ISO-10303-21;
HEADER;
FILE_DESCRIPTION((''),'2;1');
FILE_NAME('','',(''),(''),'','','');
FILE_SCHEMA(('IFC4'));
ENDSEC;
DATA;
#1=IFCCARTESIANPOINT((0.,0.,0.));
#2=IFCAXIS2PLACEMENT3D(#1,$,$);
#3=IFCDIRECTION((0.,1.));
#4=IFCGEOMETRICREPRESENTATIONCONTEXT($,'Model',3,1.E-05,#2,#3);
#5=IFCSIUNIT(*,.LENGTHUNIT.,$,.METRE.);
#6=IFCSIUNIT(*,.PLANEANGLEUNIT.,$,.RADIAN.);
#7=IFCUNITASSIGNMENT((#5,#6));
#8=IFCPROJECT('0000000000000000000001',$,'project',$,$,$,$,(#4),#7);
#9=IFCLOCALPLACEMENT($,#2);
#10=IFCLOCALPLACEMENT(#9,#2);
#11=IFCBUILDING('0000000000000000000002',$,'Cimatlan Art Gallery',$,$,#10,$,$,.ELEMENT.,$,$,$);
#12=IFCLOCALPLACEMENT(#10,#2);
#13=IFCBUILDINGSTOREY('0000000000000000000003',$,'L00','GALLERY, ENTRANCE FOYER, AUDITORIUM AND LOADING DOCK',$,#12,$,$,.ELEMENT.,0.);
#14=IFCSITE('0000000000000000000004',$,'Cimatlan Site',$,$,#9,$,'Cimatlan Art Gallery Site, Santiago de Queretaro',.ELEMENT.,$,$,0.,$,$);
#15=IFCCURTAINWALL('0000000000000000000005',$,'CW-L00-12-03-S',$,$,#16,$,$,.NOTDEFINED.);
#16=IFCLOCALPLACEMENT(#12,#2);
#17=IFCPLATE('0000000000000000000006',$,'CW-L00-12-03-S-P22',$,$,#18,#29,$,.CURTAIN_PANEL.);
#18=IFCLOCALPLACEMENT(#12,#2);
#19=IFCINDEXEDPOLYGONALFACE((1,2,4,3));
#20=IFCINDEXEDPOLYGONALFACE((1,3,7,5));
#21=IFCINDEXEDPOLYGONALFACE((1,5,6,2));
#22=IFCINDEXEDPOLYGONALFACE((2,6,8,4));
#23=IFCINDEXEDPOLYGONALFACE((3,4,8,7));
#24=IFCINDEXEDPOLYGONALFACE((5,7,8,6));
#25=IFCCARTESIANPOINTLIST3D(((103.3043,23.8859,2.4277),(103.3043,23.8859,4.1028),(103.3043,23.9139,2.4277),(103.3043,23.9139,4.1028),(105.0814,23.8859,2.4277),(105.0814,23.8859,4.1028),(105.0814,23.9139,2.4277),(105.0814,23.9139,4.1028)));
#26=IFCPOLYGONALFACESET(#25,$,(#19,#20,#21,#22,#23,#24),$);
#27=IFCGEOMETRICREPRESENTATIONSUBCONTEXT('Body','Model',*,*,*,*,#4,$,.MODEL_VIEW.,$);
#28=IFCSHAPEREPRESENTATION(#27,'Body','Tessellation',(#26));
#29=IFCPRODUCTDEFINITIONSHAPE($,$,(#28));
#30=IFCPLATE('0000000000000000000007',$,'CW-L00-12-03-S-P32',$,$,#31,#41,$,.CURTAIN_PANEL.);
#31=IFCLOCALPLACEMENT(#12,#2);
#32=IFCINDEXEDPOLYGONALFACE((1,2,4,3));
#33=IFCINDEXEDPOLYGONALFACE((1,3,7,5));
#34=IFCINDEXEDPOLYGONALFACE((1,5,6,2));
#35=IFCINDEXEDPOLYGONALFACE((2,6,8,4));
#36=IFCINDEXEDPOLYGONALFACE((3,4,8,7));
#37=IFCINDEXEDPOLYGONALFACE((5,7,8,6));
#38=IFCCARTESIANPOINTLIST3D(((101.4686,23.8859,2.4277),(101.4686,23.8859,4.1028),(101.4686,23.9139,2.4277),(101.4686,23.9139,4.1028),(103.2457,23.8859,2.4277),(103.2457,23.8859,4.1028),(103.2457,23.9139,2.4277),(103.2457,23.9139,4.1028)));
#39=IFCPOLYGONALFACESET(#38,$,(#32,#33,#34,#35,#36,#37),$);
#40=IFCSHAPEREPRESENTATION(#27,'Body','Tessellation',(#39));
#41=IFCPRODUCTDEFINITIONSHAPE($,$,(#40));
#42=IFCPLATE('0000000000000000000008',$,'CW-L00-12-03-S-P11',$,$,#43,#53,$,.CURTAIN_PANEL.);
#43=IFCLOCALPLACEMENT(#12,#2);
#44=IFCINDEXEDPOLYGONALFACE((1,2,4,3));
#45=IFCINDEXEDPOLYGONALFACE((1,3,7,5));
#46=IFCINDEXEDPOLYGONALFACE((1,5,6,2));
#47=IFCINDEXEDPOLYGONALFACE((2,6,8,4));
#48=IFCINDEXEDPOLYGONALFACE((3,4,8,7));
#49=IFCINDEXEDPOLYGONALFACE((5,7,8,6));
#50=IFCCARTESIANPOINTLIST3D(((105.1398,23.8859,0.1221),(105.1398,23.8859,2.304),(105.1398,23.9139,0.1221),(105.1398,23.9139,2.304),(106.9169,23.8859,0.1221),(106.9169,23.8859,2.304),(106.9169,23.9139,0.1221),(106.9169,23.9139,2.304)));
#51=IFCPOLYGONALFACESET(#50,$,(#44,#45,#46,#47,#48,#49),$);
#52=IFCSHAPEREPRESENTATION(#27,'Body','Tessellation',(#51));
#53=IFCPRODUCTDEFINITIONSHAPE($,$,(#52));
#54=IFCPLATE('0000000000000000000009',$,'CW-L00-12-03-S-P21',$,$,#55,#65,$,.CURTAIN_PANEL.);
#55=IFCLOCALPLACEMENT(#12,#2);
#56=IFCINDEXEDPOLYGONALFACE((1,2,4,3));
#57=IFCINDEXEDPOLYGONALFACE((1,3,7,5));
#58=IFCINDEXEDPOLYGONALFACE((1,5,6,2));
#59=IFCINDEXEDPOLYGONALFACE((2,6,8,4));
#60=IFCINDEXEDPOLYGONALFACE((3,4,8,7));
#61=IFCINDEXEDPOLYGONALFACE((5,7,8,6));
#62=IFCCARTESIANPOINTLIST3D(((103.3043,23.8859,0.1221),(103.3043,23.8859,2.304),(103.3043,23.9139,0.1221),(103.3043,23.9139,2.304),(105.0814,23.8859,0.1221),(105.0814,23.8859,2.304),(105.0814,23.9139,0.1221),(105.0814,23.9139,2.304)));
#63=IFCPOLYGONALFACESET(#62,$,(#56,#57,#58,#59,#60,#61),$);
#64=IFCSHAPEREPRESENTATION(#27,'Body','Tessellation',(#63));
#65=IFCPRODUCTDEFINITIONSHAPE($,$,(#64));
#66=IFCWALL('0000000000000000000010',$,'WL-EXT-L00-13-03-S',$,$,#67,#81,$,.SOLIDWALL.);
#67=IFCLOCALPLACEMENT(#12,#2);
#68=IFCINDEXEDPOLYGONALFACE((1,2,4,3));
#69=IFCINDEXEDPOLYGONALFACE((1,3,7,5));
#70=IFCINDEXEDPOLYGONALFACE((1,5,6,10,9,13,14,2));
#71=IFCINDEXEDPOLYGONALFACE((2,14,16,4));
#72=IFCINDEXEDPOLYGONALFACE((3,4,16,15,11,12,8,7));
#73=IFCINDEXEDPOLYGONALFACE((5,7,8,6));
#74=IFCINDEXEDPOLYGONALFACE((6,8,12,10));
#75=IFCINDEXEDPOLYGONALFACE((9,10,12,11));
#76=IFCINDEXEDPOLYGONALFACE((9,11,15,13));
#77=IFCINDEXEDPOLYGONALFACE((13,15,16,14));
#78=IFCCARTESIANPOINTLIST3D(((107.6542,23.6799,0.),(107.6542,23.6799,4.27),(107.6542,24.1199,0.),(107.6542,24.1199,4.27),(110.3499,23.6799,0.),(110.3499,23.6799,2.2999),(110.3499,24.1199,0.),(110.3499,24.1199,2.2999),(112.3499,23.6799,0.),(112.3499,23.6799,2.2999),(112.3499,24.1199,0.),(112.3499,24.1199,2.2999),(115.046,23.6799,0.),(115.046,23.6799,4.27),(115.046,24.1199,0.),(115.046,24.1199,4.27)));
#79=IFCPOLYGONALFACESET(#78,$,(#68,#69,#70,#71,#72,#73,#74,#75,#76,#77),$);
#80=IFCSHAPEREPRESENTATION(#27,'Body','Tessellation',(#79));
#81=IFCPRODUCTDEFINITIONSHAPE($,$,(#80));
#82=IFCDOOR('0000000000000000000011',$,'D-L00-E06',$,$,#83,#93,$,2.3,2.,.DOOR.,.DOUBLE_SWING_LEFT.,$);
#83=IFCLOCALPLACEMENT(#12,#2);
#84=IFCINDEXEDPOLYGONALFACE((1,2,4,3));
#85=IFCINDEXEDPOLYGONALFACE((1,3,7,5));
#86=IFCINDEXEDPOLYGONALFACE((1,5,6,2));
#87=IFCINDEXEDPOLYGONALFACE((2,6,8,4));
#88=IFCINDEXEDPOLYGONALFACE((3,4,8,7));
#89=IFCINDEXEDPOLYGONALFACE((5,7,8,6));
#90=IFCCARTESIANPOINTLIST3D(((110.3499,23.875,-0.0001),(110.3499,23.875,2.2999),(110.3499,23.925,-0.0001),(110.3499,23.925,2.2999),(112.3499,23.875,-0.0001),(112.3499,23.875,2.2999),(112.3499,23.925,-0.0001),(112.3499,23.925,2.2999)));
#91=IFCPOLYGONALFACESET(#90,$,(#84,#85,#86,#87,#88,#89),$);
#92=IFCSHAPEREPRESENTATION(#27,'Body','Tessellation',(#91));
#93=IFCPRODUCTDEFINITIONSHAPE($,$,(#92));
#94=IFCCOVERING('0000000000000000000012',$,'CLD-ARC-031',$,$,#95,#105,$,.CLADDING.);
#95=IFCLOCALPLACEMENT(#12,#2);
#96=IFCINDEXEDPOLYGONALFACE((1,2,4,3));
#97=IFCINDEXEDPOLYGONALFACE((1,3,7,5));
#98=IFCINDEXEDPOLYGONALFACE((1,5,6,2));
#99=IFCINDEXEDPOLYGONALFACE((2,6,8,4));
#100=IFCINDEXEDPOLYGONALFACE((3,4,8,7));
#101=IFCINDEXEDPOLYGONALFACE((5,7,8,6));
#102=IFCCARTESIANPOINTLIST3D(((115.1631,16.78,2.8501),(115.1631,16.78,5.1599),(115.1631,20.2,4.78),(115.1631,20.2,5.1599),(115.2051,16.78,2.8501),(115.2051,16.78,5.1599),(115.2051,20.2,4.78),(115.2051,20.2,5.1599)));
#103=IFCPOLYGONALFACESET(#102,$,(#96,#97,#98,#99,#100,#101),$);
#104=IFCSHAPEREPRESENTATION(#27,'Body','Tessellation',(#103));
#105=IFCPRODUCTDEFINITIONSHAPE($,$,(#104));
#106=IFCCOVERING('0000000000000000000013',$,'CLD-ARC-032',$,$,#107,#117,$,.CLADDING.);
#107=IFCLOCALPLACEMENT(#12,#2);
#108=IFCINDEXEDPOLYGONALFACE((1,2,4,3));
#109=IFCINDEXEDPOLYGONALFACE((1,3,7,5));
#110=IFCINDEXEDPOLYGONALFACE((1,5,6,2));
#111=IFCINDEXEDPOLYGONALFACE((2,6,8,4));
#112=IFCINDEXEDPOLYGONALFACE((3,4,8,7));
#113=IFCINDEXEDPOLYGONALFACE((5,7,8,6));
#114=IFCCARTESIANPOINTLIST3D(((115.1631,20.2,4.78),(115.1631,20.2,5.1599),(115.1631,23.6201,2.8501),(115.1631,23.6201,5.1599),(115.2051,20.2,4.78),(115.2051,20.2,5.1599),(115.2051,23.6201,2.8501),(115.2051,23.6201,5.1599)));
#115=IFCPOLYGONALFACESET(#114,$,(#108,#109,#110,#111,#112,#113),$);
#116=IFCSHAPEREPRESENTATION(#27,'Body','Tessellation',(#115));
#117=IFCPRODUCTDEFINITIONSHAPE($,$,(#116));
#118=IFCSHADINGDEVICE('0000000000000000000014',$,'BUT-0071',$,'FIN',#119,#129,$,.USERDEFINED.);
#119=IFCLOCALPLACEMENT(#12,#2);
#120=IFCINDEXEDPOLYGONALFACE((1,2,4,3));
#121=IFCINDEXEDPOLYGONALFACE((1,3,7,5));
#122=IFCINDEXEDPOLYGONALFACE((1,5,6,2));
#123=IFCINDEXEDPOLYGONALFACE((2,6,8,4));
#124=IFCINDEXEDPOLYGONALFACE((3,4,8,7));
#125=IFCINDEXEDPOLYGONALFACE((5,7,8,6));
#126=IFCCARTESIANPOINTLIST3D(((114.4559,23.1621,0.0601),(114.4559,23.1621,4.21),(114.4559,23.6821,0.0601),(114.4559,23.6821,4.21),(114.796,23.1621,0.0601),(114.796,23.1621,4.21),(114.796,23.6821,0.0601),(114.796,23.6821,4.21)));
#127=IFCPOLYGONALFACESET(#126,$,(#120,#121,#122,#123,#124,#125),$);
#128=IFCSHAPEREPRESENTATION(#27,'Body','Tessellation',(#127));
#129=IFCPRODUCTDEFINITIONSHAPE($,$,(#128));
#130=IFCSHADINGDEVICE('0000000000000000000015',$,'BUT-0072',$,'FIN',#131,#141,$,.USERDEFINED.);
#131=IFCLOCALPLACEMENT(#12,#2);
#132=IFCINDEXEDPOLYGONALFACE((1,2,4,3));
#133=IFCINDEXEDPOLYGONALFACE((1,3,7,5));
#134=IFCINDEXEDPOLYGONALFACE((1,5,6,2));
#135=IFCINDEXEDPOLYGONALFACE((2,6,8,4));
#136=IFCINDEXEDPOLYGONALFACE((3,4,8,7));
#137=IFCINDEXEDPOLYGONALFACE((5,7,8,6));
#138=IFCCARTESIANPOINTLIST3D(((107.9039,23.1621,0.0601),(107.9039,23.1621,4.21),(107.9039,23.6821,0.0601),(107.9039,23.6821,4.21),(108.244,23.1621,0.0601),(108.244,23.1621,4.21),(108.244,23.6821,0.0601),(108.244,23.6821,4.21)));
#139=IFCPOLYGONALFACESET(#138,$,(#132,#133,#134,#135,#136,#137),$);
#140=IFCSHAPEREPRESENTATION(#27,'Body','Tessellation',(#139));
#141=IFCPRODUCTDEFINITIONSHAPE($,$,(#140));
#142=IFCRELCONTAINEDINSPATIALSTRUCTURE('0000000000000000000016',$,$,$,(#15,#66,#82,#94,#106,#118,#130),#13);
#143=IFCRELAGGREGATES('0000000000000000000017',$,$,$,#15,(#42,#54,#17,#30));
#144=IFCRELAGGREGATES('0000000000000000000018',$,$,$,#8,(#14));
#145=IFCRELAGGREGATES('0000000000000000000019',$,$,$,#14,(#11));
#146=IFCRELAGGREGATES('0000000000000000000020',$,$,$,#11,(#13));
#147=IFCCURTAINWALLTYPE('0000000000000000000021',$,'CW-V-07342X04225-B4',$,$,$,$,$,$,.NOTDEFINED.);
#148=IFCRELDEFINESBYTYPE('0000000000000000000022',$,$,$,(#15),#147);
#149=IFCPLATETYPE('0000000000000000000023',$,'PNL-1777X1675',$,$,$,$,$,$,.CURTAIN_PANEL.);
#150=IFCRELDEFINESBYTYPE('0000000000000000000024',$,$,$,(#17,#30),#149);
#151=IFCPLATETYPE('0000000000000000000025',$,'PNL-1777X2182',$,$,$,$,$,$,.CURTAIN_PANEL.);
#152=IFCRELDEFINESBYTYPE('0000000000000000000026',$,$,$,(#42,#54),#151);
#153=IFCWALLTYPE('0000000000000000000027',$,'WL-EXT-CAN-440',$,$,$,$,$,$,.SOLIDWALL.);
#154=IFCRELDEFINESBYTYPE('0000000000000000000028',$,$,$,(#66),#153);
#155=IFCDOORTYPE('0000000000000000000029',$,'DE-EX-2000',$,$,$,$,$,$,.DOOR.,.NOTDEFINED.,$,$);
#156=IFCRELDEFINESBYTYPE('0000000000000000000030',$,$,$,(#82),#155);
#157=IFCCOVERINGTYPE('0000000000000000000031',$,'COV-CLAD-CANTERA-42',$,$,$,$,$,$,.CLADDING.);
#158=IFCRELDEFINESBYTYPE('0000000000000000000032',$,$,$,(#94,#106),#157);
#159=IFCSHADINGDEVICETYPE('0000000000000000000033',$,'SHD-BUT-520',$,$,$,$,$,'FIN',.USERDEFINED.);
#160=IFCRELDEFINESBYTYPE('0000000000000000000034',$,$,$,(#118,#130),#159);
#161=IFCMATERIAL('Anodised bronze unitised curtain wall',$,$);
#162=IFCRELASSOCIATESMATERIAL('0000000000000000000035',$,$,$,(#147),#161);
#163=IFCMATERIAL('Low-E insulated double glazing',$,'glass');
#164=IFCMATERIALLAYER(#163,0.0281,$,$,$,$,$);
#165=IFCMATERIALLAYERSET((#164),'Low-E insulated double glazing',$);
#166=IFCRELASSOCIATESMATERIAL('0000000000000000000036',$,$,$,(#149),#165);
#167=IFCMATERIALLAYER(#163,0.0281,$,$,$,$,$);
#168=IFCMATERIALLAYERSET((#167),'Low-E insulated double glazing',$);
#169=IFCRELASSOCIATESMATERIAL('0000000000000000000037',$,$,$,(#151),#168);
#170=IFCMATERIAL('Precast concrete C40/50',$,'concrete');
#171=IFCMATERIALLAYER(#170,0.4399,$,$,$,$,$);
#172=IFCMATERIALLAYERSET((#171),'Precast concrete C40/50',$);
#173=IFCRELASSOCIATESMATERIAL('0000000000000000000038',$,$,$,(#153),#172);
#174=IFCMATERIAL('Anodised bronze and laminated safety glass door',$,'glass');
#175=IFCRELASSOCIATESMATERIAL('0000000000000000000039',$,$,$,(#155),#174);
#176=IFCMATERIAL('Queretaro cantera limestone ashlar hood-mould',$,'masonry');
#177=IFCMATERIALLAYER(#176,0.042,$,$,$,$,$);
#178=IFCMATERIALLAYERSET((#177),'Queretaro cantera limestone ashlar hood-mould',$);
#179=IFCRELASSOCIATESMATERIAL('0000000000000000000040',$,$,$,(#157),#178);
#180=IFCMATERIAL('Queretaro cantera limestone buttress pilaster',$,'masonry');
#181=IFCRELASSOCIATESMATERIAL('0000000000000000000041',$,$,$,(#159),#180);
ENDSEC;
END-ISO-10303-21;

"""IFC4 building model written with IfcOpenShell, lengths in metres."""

from ifc_helpers import new_model, si_unit, direction, frame, frame_2d, origin, origin_2d, place, context, subcontext, project, spatial, polyline, rectangle, outline, extrude, material, layer, layer_set, type_object, element, fill, aggregate, save


model = new_model("IFC4")

# Units and contexts
model_context = context("Model", 3, precision=1e-05, world=origin(), true_north=direction((0.0, 1.0)))
body_context = subcontext(model_context, "Body", "Model", "MODEL_VIEW")
ifc_project = project(units=[si_unit("LENGTHUNIT", "METRE"), si_unit("PLANEANGLEUNIT", "RADIAN")], contexts=[model_context])

# Site, building, storey
site_placement = place(None, origin())
site = spatial("IfcSite", under=ifc_project, at=site_placement, Name="Cimatlan Site", LongName="Cimatlan Art Gallery Site, Santiago de Queretaro", CompositionType="ELEMENT", RefElevation=0.0)
building_placement = place(site_placement, origin())
building = spatial("IfcBuilding", under=site, at=building_placement, Name="Cimatlan Art Gallery", CompositionType="ELEMENT")
storey_placement = place(building_placement, origin())
storey = spatial("IfcBuildingStorey", under=building, at=storey_placement, Name="L00", Description="GALLERY, ENTRANCE FOYER, AUDITORIUM AND LOADING DOCK", CompositionType="ELEMENT", Elevation=0.0)

# Curtain wall, plates
ifc_material_1 = material(Name="Anodised bronze unitised curtain wall")
curtain_wall_type = type_object("IfcCurtainWallType", Name="CW-V-07342X04225-B4", PredefinedType="NOTDEFINED", material=ifc_material_1)
curtain_wall_placement = place(storey_placement, origin())
curtain_wall = element("IfcCurtainWall", 1, at=curtain_wall_placement, inside=storey, type_object=curtain_wall_type, Name="CW-L00-12-03-S", PredefinedType="NOTDEFINED")
ifc_material_2 = material(Name="Low-E insulated double glazing", Category="glass")
ifc_layer_1 = layer(ifc_material_2, 0.0281)
ifc_layer_set_1 = layer_set([ifc_layer_1], Name="Low-E insulated double glazing")
plate_type_1 = type_object("IfcPlateType", Name="PNL-1777X1675", PredefinedType="CURTAIN_PANEL", material=ifc_layer_set_1)
plate_1_placement = place(storey_placement, frame((104.1929, 23.8999, 2.4277), z_axis=(0.0, 0.0, 1.0), x_axis=(-1.0, 0.0, 0.0)))
plate_1 = element("IfcPlate", 2, at=plate_1_placement, type_object=plate_type_1, Name="CW-L00-12-03-S-P22", PredefinedType="CURTAIN_PANEL", context=body_context, shape_type="SweptSolid", body=[
    extrude(rectangle(XDim=1.7771, YDim=0.0281, at=origin_2d()), origin(), (0.0, 0.0, 1.0), 1.675),
])
plate_2_placement = place(storey_placement, frame((102.3572, 23.8999, 2.4277), z_axis=(0.0, 0.0, 1.0), x_axis=(-1.0, 0.0, 0.0)))
plate_2 = element("IfcPlate", 3, at=plate_2_placement, type_object=plate_type_1, Name="CW-L00-12-03-S-P32", PredefinedType="CURTAIN_PANEL", context=body_context, shape_type="SweptSolid", body=[
    extrude(rectangle(XDim=1.7771, YDim=0.0281, at=origin_2d()), origin(), (0.0, 0.0, 1.0), 1.675),
])
ifc_layer_2 = layer(ifc_material_2, 0.0281)
ifc_layer_set_2 = layer_set([ifc_layer_2], Name="Low-E insulated double glazing")
plate_type_2 = type_object("IfcPlateType", Name="PNL-1777X2182", PredefinedType="CURTAIN_PANEL", material=ifc_layer_set_2)
plate_3_placement = place(storey_placement, frame((106.0283, 23.8999, 0.1221), z_axis=(0.0, 0.0, 1.0), x_axis=(-1.0, 0.0, 0.0)))
plate_3 = element("IfcPlate", 4, at=plate_3_placement, type_object=plate_type_2, Name="CW-L00-12-03-S-P11", PredefinedType="CURTAIN_PANEL", context=body_context, shape_type="SweptSolid", body=[
    extrude(rectangle(XDim=1.7771, YDim=0.0281, at=origin_2d()), origin(), (0.0, 0.0, 1.0), 2.1819),
])
plate_4_placement = place(storey_placement, frame((104.1929, 23.8999, 0.1221), z_axis=(0.0, 0.0, 1.0), x_axis=(-1.0, 0.0, 0.0)))
plate_4 = element("IfcPlate", 5, at=plate_4_placement, type_object=plate_type_2, Name="CW-L00-12-03-S-P21", PredefinedType="CURTAIN_PANEL", context=body_context, shape_type="SweptSolid", body=[
    extrude(rectangle(XDim=1.7771, YDim=0.0281, at=origin_2d()), origin(), (0.0, 0.0, 1.0), 2.1819),
])
aggregate(curtain_wall, [plate_3, plate_4, plate_1, plate_2])

# Wall, opening, door
ifc_material_3 = material(Name="Precast concrete C40/50", Category="concrete")
ifc_layer_3 = layer(ifc_material_3, 0.4399)
ifc_layer_set_3 = layer_set([ifc_layer_3], Name="Precast concrete C40/50")
wall_type = type_object("IfcWallType", Name="WL-EXT-CAN-440", PredefinedType="SOLIDWALL", material=ifc_layer_set_3)
wall_placement = place(storey_placement, frame((115.0459, 23.8999, 0.0), z_axis=(0.0, 0.0, 1.0), x_axis=(-1.0, 0.0, 0.0)))
wall = element("IfcWall", 6, at=wall_placement, inside=storey, type_object=wall_type, Name="WL-EXT-L00-13-03-S", PredefinedType="SOLIDWALL", context=body_context, shape_type="SweptSolid", body=[
    extrude(rectangle(XDim=7.3918, YDim=0.4399, at=frame_2d((3.6958, 0.0))), origin(), (0.0, 0.0, 1.0), 4.27),
])
opening_placement = place(wall_placement, frame((2.696, 0.0, 0.0)))
opening = element("IfcOpeningElement", 7, at=opening_placement, cuts=wall, PredefinedType="OPENING", context=body_context, shape_type="SweptSolid", body=[
    extrude(rectangle(XDim=2.0, YDim=2.3, at=frame_2d((1.0, 1.1499))), frame((0.0, 0.23, 0.0), z_axis=(0.0, -1.0, 0.0), x_axis=(1.0, 0.0, 0.0)), (0.0, 0.0, 1.0), 0.46),
])
ifc_material_4 = material(Name="Anodised bronze and laminated safety glass door", Category="glass")
door_type = type_object("IfcDoorType", Name="DE-EX-2000", OperationType="NOTDEFINED", PredefinedType="DOOR", material=ifc_material_4)
door_placement = place(opening_placement, origin())
door = element("IfcDoor", 8, at=door_placement, inside=storey, type_object=door_type, Name="D-L00-E06", OperationType="DOUBLE_SWING_LEFT", OverallHeight=2.3, OverallWidth=2.0, PredefinedType="DOOR", context=body_context, shape_type="SweptSolid", body=[
    extrude(rectangle(XDim=2.0, YDim=2.3, at=frame_2d((1.0, 1.1499))), frame((0.0, 0.0249, 0.0), z_axis=(0.0, -1.0, 0.0), x_axis=(1.0, 0.0, 0.0)), (0.0, 0.0, 1.0), 0.05),
])
fill(opening, door)

# Coverings
ifc_material_5 = material(Name="Queretaro cantera limestone ashlar hood-mould", Category="masonry")
ifc_layer_4 = layer(ifc_material_5, 0.042)
ifc_layer_set_4 = layer_set([ifc_layer_4], Name="Queretaro cantera limestone ashlar hood-mould")
covering_type = type_object("IfcCoveringType", Name="COV-CLAD-CANTERA-42", PredefinedType="CLADDING", material=ifc_layer_set_4)
covering_1_placement = place(storey_placement, frame((115.2051, 16.78, 2.8501), z_axis=(1.0, 0.0, 0.0), x_axis=(0.0, 0.870897, 0.491465)))
element("IfcCovering", 9, at=covering_1_placement, inside=storey, type_object=covering_type, Name="CLD-ARC-031", PredefinedType="CLADDING", context=body_context, shape_type="SweptSolid", body=[
    extrude(outline(polyline([(0.0, 0.0), (3.9269, 0.0), (4.1136, 0.3308), (1.1352, 2.0116), (0.0, 0.0)])), origin(), (0.0, 0.0, -1.0), 0.042),
])
covering_2_placement = place(storey_placement, frame((115.2051, 20.2, 4.78), z_axis=(1.0, 0.0, 0.0), x_axis=(0.0, 0.870912, -0.491438)))
element("IfcCovering", 10, at=covering_2_placement, inside=storey, type_object=covering_type, Name="CLD-ARC-032", PredefinedType="CLADDING", context=body_context, shape_type="SweptSolid", body=[
    extrude(outline(polyline([(0.0, 0.0), (3.9271, 0.0), (2.792, 2.0116), (-0.1867, 0.3308), (0.0, 0.0)])), origin(), (0.0, 0.0, -1.0), 0.042),
])

# Shading devices
ifc_material_6 = material(Name="Queretaro cantera limestone buttress pilaster", Category="masonry")
shading_device_type = type_object("IfcShadingDeviceType", Name="SHD-BUT-520", ElementType="FIN", PredefinedType="USERDEFINED", material=ifc_material_6)
for number, where, z_axis, x_axis, name in (
    (11, (114.626, 23.4221, 0.0601), (0.0, 0.0, 1.0), (-1.0, 0.0, 0.0), "BUT-0071"),
    (12, (108.074, 23.4221, 0.0601), (0.0, 0.0, 1.0), (-1.0, 0.0, 0.0), "BUT-0072"),
):
    element("IfcShadingDevice", number, at=place(storey_placement, frame(where, z_axis=z_axis, x_axis=x_axis)), inside=storey, type_object=shading_device_type, Name=name, ObjectType="FIN", PredefinedType="USERDEFINED", context=body_context, shape_type="SweptSolid", body=[
        extrude(rectangle(XDim=0.3401, YDim=0.52, at=origin_2d()), origin(), (0.0, 0.0, 1.0), 4.1499),
    ])

save(model, "model.ifc")
